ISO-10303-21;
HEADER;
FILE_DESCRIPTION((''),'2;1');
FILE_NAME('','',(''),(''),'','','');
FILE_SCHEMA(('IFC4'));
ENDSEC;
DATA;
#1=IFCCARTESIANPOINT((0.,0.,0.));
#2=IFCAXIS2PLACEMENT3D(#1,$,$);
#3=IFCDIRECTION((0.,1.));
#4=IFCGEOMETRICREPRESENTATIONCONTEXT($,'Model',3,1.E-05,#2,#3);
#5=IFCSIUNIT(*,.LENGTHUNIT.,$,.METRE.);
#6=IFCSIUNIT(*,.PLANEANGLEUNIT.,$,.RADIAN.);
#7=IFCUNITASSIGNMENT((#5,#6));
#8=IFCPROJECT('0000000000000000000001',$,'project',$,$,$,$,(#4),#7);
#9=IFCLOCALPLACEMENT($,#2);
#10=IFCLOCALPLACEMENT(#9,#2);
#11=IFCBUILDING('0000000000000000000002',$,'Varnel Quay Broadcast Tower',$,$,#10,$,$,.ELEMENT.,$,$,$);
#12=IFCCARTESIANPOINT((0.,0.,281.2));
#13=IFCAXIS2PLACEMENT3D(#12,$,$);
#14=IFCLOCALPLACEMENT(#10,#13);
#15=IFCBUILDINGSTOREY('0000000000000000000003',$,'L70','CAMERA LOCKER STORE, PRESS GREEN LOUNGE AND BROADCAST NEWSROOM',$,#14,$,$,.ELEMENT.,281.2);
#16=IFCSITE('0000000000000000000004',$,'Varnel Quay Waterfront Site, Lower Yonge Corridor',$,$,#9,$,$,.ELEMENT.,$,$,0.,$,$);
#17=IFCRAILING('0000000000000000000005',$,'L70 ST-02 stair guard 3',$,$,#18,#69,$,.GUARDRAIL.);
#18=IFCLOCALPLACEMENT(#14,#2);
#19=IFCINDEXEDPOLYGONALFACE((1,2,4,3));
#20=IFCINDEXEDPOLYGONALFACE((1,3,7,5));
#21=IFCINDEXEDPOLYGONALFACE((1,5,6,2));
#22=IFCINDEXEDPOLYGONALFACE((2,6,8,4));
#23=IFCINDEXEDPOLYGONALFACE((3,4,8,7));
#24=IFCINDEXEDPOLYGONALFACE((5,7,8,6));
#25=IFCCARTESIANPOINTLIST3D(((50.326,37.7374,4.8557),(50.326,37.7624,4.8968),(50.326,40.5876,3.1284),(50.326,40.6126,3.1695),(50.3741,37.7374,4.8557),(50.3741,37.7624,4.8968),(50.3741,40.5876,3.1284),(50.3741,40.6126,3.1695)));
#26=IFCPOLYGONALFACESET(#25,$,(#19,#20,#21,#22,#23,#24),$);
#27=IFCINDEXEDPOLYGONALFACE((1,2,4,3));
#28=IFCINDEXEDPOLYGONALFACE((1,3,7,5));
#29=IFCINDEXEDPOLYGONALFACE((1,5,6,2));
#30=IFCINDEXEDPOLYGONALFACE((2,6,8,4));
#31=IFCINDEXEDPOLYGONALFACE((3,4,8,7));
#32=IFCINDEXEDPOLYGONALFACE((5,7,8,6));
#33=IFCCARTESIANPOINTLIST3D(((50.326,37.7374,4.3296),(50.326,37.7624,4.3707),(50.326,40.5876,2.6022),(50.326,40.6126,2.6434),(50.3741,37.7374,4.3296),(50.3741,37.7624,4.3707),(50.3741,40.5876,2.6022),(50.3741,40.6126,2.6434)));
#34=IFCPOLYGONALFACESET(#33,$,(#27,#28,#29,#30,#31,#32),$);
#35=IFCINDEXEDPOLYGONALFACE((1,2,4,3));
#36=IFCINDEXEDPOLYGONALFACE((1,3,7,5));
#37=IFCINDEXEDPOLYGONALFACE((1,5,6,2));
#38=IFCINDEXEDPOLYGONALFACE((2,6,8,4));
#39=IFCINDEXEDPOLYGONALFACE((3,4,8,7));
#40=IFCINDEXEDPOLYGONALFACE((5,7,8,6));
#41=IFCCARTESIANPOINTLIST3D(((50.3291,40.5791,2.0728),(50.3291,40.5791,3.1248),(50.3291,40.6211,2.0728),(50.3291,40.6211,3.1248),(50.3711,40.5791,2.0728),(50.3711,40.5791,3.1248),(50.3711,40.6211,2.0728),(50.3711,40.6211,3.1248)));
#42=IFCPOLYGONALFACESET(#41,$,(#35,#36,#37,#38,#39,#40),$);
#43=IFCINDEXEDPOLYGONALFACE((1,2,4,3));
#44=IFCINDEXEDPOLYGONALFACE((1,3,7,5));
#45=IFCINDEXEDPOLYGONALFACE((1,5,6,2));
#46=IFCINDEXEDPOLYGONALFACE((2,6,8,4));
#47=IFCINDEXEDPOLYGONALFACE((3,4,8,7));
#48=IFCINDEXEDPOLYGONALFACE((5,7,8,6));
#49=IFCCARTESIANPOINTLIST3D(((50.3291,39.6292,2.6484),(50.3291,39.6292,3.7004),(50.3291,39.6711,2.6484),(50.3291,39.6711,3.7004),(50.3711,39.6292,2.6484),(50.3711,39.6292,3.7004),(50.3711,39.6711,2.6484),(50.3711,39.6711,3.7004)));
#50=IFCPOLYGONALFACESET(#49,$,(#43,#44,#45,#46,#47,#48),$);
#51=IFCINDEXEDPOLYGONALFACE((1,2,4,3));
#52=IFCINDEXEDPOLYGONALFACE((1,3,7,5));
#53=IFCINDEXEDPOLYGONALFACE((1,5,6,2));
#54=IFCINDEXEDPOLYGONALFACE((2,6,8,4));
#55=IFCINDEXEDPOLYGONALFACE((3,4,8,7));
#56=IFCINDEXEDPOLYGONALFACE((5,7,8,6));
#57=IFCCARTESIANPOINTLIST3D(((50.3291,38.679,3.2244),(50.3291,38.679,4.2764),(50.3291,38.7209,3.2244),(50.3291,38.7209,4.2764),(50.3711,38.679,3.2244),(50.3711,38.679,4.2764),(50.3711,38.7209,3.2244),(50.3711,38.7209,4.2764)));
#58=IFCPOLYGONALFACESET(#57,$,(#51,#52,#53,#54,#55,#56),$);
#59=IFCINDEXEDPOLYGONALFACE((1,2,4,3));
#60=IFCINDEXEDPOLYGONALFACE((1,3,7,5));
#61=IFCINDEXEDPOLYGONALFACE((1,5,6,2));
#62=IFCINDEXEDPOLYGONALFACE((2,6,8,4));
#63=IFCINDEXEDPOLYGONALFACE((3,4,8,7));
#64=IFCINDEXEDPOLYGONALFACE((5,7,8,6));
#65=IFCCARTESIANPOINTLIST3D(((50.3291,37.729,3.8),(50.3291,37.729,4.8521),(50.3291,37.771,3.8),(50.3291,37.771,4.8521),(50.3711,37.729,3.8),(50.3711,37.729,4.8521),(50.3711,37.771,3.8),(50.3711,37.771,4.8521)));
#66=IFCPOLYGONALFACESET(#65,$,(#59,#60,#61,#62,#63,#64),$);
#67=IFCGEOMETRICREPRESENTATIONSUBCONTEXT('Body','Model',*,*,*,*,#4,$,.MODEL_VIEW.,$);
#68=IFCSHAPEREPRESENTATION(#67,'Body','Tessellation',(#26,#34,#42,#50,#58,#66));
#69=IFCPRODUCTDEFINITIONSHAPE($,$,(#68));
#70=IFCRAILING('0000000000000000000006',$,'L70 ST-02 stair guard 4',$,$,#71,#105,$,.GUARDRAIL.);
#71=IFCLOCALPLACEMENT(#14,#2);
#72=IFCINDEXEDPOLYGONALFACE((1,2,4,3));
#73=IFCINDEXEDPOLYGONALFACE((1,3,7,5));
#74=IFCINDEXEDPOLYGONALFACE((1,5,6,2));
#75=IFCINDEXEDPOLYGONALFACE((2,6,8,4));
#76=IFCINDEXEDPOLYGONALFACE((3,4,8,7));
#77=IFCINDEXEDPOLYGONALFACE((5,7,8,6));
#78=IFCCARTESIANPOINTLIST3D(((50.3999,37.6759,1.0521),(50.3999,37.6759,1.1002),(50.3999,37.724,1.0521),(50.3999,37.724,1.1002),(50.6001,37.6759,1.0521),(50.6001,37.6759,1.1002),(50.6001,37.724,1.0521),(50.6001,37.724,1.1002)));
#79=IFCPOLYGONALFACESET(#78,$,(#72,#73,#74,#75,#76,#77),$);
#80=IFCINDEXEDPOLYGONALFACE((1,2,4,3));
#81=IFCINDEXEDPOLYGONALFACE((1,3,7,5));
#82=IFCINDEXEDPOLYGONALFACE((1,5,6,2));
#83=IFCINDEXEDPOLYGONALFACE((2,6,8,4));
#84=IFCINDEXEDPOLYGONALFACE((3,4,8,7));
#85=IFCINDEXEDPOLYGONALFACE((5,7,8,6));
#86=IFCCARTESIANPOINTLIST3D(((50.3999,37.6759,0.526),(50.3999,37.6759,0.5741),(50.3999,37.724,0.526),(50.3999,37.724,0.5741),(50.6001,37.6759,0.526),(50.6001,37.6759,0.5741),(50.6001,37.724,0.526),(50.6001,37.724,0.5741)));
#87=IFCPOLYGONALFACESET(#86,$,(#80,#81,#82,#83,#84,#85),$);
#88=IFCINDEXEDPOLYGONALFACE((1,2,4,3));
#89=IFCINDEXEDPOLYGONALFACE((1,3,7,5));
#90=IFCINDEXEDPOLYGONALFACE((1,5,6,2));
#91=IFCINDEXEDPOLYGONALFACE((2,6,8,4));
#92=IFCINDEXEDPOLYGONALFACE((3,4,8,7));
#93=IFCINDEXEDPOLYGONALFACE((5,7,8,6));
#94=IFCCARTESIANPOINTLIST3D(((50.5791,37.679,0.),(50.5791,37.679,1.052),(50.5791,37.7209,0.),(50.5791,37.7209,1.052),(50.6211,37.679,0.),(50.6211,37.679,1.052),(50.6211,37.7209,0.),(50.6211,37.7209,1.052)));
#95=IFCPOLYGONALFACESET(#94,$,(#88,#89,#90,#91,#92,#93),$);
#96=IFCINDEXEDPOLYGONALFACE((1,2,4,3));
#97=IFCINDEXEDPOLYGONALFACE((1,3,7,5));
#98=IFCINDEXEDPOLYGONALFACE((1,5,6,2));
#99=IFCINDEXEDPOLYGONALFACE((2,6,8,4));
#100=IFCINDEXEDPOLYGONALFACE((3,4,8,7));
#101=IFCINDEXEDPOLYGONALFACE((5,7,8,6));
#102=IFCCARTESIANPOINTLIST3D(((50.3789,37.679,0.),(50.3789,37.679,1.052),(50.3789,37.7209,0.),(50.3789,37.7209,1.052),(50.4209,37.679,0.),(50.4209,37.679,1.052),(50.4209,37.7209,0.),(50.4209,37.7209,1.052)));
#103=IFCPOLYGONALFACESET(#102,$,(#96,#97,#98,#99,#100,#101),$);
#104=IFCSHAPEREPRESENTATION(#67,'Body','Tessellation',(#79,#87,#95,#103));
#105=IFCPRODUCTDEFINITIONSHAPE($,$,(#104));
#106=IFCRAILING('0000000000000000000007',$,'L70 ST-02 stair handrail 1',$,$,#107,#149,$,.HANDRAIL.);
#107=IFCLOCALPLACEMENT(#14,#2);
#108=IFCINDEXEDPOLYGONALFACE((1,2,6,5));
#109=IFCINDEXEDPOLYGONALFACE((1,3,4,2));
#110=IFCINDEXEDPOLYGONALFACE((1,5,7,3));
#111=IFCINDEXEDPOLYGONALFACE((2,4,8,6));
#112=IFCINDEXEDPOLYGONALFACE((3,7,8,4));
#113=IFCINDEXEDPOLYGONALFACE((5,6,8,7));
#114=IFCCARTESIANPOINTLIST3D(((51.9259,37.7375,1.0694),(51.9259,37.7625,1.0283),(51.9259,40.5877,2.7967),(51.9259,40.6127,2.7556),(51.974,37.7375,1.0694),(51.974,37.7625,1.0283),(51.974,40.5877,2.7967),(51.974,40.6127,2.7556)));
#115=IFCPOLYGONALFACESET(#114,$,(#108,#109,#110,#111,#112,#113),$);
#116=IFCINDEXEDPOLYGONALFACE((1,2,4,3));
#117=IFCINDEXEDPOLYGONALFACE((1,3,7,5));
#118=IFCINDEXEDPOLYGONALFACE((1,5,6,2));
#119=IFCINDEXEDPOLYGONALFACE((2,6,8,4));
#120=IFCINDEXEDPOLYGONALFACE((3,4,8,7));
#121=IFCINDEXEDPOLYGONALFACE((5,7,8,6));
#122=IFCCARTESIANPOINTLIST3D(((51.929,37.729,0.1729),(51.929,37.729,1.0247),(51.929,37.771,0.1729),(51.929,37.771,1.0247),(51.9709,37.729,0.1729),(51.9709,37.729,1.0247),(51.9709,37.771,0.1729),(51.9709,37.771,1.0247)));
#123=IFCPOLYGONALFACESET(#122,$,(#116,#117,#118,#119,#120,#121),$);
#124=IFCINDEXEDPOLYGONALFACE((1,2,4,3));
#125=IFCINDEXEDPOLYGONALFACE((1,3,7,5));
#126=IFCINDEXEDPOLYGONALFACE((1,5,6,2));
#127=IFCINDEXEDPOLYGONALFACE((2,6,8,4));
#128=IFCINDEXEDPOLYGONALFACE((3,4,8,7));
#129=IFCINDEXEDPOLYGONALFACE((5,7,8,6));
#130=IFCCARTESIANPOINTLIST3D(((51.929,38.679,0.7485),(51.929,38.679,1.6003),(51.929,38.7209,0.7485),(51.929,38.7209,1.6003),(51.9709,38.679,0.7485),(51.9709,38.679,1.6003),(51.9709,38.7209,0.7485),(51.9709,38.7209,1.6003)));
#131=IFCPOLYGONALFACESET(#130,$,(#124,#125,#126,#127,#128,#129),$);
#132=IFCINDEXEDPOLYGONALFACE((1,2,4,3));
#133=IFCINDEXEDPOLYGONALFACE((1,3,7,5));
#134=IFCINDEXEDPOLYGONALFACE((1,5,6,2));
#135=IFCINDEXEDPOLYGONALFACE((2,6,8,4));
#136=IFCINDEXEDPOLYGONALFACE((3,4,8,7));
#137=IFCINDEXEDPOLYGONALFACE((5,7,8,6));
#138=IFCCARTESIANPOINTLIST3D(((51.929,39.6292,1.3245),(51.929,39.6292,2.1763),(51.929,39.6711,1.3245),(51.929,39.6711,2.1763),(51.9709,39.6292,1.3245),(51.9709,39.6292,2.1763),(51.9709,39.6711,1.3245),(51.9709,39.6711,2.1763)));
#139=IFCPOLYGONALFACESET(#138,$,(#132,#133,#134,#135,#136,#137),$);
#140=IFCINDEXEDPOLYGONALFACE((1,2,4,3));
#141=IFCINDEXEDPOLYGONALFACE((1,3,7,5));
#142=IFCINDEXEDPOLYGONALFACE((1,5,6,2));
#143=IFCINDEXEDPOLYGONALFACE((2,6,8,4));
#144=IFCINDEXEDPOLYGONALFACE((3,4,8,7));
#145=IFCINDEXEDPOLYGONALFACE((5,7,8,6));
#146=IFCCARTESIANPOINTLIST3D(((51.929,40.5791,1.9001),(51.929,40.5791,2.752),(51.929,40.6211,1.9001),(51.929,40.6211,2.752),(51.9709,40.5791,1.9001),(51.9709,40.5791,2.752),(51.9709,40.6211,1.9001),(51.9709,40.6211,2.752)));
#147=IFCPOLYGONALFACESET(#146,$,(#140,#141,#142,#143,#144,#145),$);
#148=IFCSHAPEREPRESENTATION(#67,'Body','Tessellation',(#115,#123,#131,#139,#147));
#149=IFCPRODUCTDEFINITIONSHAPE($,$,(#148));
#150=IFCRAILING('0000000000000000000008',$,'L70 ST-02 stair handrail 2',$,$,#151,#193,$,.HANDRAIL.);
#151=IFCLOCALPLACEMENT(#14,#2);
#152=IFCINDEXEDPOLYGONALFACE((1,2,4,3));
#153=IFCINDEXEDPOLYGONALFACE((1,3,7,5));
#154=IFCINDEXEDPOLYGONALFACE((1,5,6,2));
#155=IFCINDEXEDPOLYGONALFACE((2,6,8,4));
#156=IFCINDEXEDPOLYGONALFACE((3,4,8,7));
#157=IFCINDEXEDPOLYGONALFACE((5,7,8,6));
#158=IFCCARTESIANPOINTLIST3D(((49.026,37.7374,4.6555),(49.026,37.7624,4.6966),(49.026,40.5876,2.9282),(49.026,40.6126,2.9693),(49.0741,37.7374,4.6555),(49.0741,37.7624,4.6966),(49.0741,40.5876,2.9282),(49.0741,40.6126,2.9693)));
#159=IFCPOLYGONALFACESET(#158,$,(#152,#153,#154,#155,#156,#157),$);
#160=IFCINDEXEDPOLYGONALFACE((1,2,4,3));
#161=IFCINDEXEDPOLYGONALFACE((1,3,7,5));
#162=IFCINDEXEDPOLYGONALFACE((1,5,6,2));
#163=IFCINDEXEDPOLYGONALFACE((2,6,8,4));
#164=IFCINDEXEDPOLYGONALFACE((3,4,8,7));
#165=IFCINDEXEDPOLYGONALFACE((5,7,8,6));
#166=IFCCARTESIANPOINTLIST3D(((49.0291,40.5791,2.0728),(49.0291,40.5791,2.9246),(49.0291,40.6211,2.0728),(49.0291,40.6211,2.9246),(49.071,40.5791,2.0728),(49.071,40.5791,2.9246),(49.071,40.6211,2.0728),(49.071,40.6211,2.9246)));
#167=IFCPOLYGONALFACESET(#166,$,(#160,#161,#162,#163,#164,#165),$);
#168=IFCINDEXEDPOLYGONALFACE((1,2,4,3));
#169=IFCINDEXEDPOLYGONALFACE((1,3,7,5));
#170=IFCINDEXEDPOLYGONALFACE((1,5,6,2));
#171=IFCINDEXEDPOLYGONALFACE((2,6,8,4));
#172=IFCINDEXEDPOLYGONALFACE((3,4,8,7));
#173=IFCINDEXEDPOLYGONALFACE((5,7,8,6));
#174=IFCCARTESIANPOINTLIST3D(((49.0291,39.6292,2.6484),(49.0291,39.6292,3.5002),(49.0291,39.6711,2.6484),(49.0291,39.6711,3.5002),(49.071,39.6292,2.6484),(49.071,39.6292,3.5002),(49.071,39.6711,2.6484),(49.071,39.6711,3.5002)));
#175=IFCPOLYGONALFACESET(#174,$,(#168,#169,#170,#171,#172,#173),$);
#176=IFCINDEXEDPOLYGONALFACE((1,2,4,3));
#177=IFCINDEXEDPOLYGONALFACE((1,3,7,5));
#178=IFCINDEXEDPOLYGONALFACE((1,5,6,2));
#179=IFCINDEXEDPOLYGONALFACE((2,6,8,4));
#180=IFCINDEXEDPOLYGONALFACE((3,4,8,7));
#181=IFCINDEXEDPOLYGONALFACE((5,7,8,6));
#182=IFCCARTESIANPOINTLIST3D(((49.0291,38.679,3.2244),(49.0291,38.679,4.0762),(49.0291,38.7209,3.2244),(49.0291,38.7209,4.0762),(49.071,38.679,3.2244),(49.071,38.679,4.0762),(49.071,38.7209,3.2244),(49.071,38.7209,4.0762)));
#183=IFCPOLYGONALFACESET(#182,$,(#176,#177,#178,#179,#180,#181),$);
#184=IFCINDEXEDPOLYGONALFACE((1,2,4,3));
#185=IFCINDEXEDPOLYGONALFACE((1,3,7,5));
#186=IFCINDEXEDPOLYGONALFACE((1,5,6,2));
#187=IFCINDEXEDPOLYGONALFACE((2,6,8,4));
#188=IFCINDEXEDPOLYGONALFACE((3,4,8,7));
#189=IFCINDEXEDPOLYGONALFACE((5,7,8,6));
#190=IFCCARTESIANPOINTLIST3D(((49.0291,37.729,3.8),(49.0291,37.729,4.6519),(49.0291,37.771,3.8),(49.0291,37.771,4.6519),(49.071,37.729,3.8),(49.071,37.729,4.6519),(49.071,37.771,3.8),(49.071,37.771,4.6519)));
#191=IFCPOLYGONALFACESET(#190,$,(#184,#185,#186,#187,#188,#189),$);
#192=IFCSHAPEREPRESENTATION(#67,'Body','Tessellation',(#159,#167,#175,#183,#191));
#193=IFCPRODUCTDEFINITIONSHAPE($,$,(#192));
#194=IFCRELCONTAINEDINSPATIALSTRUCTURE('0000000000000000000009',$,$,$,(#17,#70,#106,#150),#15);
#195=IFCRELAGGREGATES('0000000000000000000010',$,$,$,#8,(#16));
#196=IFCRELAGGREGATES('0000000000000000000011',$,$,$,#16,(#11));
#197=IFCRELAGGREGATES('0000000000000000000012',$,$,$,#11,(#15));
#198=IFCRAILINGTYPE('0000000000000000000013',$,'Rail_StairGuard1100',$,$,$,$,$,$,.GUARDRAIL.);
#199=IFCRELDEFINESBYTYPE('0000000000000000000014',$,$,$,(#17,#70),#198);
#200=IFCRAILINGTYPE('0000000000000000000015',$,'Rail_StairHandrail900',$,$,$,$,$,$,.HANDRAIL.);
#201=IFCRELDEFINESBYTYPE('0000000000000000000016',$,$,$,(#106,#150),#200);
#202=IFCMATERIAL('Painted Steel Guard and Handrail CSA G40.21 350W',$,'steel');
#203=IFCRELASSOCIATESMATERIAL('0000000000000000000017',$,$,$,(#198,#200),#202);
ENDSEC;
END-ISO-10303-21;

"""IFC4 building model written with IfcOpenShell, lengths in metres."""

from ifc_helpers import new_model, si_unit, direction, frame, origin, origin_2d, place, context, subcontext, project, spatial, rectangle, extrude, material, type_object, element, save


model = new_model("IFC4")

# Units and contexts
model_context = context("Model", 3, precision=1e-05, world=origin(), true_north=direction((0.0, 1.0)))
body_context = subcontext(model_context, "Body", "Model", "MODEL_VIEW")
ifc_project = project(units=[si_unit("LENGTHUNIT", "METRE"), si_unit("PLANEANGLEUNIT", "RADIAN")], contexts=[model_context])

# Site, building, storey
site_placement = place(None, origin())
site = spatial("IfcSite", under=ifc_project, at=site_placement, Name="Varnel Quay Waterfront Site, Lower Yonge Corridor", CompositionType="ELEMENT", RefElevation=0.0)
building_placement = place(site_placement, origin())
building = spatial("IfcBuilding", under=site, at=building_placement, Name="Varnel Quay Broadcast Tower", CompositionType="ELEMENT")
storey_placement = place(building_placement, frame((0.0, 0.0, 281.2)))
storey = spatial("IfcBuildingStorey", under=building, at=storey_placement, Name="L70", Description="CAMERA LOCKER STORE, PRESS GREEN LOUNGE AND BROADCAST NEWSROOM", CompositionType="ELEMENT", Elevation=281.2)

# Railings
ifc_material_1 = material(Name="Painted Steel Guard and Handrail CSA G40.21 350W", Category="steel")
railing_type_1 = type_object("IfcRailingType", Name="Rail_StairGuard1100", PredefinedType="GUARDRAIL", material=ifc_material_1)
railing_1_placement = place(storey_placement, frame((50.3501, 40.6001, 2.0728)))
element("IfcRailing", 1, at=railing_1_placement, inside=storey, type_object=railing_type_1, Name="L70 ST-02 stair guard 3", PredefinedType="GUARDRAIL", context=body_context, shape_type="SweptSolid", body=[
    extrude(rectangle(XDim=0.0481, YDim=0.0481, at=origin_2d()), frame((0.0, 0.0, 1.0762), z_axis=(0.0, -0.855203, 0.518294), x_axis=(1.0, 0.0, 0.0)), (0.0, 0.0, 1.0), 3.3328),
    extrude(rectangle(XDim=0.0481, YDim=0.0481, at=origin_2d()), frame((0.0, 0.0, 0.55), z_axis=(0.0, -0.855203, 0.518294), x_axis=(1.0, 0.0, 0.0)), (0.0, 0.0, 1.0), 3.3328),
    extrude(rectangle(XDim=0.042, YDim=0.042, at=origin_2d()), origin(), (0.0, 0.0, 1.0), 1.052),
    extrude(rectangle(XDim=0.042, YDim=0.042, at=origin_2d()), frame((0.0, -0.95, 0.5757)), (0.0, 0.0, 1.0), 1.052),
    extrude(rectangle(XDim=0.042, YDim=0.042, at=origin_2d()), frame((0.0, -1.9001, 1.1516)), (0.0, 0.0, 1.0), 1.052),
    extrude(rectangle(XDim=0.042, YDim=0.042, at=origin_2d()), frame((0.0, -2.8501, 1.7273)), (0.0, 0.0, 1.0), 1.052),
])
railing_2_placement = place(storey_placement, frame((50.6001, 37.7, 0.0)))
element("IfcRailing", 2, at=railing_2_placement, inside=storey, type_object=railing_type_1, Name="L70 ST-02 stair guard 4", PredefinedType="GUARDRAIL", context=body_context, shape_type="SweptSolid", body=[
    extrude(rectangle(XDim=0.0481, YDim=0.0481, at=origin_2d()), frame((0.0, 0.0, 1.0762), z_axis=(-1.0, 0.0, 0.0), x_axis=(0.0, -1.0, 0.0)), (0.0, 0.0, 1.0), 0.2002),
    extrude(rectangle(XDim=0.0481, YDim=0.0481, at=origin_2d()), frame((0.0, 0.0, 0.55), z_axis=(-1.0, 0.0, 0.0), x_axis=(0.0, -1.0, 0.0)), (0.0, 0.0, 1.0), 0.2002),
    extrude(rectangle(XDim=0.042, YDim=0.042, at=origin_2d()), origin(), (0.0, 0.0, 1.0), 1.052),
    extrude(rectangle(XDim=0.042, YDim=0.042, at=origin_2d()), frame((-0.2002, 0.0, 0.0)), (0.0, 0.0, 1.0), 1.052),
])
railing_type_2 = type_object("IfcRailingType", Name="Rail_StairHandrail900", PredefinedType="HANDRAIL", material=ifc_material_1)
railing_3_placement = place(storey_placement, frame((51.95, 37.75, 0.1729)))
element("IfcRailing", 3, at=railing_3_placement, inside=storey, type_object=railing_type_2, Name="L70 ST-02 stair handrail 1", PredefinedType="HANDRAIL", context=body_context, shape_type="SweptSolid", body=[
    extrude(rectangle(XDim=0.0481, YDim=0.0481, at=origin_2d()), frame((0.0, 0.0, 0.876), z_axis=(0.0, 0.855203, 0.518294), x_axis=(-1.0, 0.0, 0.0)), (0.0, 0.0, 1.0), 3.3328),
    extrude(rectangle(XDim=0.042, YDim=0.042, at=origin_2d()), origin(), (0.0, 0.0, 1.0), 0.8518),
    extrude(rectangle(XDim=0.042, YDim=0.042, at=origin_2d()), frame((0.0, 0.95, 0.5757)), (0.0, 0.0, 1.0), 0.8518),
    extrude(rectangle(XDim=0.042, YDim=0.042, at=origin_2d()), frame((0.0, 1.9001, 1.1516)), (0.0, 0.0, 1.0), 0.8518),
    extrude(rectangle(XDim=0.042, YDim=0.042, at=origin_2d()), frame((0.0, 2.8501, 1.7273)), (0.0, 0.0, 1.0), 0.8518),
])
railing_4_placement = place(storey_placement, frame((49.05, 40.6001, 2.0728)))
element("IfcRailing", 4, at=railing_4_placement, inside=storey, type_object=railing_type_2, Name="L70 ST-02 stair handrail 2", PredefinedType="HANDRAIL", context=body_context, shape_type="SweptSolid", body=[
    extrude(rectangle(XDim=0.0481, YDim=0.0481, at=origin_2d()), frame((0.0, 0.0, 0.876), z_axis=(0.0, -0.855203, 0.518294), x_axis=(1.0, 0.0, 0.0)), (0.0, 0.0, 1.0), 3.3328),
    extrude(rectangle(XDim=0.042, YDim=0.042, at=origin_2d()), origin(), (0.0, 0.0, 1.0), 0.8518),
    extrude(rectangle(XDim=0.042, YDim=0.042, at=origin_2d()), frame((0.0, -0.95, 0.5757)), (0.0, 0.0, 1.0), 0.8518),
    extrude(rectangle(XDim=0.042, YDim=0.042, at=origin_2d()), frame((0.0, -1.9001, 1.1516)), (0.0, 0.0, 1.0), 0.8518),
    extrude(rectangle(XDim=0.042, YDim=0.042, at=origin_2d()), frame((0.0, -2.8501, 1.7273)), (0.0, 0.0, 1.0), 0.8518),
])

save(model, "model.ifc")
